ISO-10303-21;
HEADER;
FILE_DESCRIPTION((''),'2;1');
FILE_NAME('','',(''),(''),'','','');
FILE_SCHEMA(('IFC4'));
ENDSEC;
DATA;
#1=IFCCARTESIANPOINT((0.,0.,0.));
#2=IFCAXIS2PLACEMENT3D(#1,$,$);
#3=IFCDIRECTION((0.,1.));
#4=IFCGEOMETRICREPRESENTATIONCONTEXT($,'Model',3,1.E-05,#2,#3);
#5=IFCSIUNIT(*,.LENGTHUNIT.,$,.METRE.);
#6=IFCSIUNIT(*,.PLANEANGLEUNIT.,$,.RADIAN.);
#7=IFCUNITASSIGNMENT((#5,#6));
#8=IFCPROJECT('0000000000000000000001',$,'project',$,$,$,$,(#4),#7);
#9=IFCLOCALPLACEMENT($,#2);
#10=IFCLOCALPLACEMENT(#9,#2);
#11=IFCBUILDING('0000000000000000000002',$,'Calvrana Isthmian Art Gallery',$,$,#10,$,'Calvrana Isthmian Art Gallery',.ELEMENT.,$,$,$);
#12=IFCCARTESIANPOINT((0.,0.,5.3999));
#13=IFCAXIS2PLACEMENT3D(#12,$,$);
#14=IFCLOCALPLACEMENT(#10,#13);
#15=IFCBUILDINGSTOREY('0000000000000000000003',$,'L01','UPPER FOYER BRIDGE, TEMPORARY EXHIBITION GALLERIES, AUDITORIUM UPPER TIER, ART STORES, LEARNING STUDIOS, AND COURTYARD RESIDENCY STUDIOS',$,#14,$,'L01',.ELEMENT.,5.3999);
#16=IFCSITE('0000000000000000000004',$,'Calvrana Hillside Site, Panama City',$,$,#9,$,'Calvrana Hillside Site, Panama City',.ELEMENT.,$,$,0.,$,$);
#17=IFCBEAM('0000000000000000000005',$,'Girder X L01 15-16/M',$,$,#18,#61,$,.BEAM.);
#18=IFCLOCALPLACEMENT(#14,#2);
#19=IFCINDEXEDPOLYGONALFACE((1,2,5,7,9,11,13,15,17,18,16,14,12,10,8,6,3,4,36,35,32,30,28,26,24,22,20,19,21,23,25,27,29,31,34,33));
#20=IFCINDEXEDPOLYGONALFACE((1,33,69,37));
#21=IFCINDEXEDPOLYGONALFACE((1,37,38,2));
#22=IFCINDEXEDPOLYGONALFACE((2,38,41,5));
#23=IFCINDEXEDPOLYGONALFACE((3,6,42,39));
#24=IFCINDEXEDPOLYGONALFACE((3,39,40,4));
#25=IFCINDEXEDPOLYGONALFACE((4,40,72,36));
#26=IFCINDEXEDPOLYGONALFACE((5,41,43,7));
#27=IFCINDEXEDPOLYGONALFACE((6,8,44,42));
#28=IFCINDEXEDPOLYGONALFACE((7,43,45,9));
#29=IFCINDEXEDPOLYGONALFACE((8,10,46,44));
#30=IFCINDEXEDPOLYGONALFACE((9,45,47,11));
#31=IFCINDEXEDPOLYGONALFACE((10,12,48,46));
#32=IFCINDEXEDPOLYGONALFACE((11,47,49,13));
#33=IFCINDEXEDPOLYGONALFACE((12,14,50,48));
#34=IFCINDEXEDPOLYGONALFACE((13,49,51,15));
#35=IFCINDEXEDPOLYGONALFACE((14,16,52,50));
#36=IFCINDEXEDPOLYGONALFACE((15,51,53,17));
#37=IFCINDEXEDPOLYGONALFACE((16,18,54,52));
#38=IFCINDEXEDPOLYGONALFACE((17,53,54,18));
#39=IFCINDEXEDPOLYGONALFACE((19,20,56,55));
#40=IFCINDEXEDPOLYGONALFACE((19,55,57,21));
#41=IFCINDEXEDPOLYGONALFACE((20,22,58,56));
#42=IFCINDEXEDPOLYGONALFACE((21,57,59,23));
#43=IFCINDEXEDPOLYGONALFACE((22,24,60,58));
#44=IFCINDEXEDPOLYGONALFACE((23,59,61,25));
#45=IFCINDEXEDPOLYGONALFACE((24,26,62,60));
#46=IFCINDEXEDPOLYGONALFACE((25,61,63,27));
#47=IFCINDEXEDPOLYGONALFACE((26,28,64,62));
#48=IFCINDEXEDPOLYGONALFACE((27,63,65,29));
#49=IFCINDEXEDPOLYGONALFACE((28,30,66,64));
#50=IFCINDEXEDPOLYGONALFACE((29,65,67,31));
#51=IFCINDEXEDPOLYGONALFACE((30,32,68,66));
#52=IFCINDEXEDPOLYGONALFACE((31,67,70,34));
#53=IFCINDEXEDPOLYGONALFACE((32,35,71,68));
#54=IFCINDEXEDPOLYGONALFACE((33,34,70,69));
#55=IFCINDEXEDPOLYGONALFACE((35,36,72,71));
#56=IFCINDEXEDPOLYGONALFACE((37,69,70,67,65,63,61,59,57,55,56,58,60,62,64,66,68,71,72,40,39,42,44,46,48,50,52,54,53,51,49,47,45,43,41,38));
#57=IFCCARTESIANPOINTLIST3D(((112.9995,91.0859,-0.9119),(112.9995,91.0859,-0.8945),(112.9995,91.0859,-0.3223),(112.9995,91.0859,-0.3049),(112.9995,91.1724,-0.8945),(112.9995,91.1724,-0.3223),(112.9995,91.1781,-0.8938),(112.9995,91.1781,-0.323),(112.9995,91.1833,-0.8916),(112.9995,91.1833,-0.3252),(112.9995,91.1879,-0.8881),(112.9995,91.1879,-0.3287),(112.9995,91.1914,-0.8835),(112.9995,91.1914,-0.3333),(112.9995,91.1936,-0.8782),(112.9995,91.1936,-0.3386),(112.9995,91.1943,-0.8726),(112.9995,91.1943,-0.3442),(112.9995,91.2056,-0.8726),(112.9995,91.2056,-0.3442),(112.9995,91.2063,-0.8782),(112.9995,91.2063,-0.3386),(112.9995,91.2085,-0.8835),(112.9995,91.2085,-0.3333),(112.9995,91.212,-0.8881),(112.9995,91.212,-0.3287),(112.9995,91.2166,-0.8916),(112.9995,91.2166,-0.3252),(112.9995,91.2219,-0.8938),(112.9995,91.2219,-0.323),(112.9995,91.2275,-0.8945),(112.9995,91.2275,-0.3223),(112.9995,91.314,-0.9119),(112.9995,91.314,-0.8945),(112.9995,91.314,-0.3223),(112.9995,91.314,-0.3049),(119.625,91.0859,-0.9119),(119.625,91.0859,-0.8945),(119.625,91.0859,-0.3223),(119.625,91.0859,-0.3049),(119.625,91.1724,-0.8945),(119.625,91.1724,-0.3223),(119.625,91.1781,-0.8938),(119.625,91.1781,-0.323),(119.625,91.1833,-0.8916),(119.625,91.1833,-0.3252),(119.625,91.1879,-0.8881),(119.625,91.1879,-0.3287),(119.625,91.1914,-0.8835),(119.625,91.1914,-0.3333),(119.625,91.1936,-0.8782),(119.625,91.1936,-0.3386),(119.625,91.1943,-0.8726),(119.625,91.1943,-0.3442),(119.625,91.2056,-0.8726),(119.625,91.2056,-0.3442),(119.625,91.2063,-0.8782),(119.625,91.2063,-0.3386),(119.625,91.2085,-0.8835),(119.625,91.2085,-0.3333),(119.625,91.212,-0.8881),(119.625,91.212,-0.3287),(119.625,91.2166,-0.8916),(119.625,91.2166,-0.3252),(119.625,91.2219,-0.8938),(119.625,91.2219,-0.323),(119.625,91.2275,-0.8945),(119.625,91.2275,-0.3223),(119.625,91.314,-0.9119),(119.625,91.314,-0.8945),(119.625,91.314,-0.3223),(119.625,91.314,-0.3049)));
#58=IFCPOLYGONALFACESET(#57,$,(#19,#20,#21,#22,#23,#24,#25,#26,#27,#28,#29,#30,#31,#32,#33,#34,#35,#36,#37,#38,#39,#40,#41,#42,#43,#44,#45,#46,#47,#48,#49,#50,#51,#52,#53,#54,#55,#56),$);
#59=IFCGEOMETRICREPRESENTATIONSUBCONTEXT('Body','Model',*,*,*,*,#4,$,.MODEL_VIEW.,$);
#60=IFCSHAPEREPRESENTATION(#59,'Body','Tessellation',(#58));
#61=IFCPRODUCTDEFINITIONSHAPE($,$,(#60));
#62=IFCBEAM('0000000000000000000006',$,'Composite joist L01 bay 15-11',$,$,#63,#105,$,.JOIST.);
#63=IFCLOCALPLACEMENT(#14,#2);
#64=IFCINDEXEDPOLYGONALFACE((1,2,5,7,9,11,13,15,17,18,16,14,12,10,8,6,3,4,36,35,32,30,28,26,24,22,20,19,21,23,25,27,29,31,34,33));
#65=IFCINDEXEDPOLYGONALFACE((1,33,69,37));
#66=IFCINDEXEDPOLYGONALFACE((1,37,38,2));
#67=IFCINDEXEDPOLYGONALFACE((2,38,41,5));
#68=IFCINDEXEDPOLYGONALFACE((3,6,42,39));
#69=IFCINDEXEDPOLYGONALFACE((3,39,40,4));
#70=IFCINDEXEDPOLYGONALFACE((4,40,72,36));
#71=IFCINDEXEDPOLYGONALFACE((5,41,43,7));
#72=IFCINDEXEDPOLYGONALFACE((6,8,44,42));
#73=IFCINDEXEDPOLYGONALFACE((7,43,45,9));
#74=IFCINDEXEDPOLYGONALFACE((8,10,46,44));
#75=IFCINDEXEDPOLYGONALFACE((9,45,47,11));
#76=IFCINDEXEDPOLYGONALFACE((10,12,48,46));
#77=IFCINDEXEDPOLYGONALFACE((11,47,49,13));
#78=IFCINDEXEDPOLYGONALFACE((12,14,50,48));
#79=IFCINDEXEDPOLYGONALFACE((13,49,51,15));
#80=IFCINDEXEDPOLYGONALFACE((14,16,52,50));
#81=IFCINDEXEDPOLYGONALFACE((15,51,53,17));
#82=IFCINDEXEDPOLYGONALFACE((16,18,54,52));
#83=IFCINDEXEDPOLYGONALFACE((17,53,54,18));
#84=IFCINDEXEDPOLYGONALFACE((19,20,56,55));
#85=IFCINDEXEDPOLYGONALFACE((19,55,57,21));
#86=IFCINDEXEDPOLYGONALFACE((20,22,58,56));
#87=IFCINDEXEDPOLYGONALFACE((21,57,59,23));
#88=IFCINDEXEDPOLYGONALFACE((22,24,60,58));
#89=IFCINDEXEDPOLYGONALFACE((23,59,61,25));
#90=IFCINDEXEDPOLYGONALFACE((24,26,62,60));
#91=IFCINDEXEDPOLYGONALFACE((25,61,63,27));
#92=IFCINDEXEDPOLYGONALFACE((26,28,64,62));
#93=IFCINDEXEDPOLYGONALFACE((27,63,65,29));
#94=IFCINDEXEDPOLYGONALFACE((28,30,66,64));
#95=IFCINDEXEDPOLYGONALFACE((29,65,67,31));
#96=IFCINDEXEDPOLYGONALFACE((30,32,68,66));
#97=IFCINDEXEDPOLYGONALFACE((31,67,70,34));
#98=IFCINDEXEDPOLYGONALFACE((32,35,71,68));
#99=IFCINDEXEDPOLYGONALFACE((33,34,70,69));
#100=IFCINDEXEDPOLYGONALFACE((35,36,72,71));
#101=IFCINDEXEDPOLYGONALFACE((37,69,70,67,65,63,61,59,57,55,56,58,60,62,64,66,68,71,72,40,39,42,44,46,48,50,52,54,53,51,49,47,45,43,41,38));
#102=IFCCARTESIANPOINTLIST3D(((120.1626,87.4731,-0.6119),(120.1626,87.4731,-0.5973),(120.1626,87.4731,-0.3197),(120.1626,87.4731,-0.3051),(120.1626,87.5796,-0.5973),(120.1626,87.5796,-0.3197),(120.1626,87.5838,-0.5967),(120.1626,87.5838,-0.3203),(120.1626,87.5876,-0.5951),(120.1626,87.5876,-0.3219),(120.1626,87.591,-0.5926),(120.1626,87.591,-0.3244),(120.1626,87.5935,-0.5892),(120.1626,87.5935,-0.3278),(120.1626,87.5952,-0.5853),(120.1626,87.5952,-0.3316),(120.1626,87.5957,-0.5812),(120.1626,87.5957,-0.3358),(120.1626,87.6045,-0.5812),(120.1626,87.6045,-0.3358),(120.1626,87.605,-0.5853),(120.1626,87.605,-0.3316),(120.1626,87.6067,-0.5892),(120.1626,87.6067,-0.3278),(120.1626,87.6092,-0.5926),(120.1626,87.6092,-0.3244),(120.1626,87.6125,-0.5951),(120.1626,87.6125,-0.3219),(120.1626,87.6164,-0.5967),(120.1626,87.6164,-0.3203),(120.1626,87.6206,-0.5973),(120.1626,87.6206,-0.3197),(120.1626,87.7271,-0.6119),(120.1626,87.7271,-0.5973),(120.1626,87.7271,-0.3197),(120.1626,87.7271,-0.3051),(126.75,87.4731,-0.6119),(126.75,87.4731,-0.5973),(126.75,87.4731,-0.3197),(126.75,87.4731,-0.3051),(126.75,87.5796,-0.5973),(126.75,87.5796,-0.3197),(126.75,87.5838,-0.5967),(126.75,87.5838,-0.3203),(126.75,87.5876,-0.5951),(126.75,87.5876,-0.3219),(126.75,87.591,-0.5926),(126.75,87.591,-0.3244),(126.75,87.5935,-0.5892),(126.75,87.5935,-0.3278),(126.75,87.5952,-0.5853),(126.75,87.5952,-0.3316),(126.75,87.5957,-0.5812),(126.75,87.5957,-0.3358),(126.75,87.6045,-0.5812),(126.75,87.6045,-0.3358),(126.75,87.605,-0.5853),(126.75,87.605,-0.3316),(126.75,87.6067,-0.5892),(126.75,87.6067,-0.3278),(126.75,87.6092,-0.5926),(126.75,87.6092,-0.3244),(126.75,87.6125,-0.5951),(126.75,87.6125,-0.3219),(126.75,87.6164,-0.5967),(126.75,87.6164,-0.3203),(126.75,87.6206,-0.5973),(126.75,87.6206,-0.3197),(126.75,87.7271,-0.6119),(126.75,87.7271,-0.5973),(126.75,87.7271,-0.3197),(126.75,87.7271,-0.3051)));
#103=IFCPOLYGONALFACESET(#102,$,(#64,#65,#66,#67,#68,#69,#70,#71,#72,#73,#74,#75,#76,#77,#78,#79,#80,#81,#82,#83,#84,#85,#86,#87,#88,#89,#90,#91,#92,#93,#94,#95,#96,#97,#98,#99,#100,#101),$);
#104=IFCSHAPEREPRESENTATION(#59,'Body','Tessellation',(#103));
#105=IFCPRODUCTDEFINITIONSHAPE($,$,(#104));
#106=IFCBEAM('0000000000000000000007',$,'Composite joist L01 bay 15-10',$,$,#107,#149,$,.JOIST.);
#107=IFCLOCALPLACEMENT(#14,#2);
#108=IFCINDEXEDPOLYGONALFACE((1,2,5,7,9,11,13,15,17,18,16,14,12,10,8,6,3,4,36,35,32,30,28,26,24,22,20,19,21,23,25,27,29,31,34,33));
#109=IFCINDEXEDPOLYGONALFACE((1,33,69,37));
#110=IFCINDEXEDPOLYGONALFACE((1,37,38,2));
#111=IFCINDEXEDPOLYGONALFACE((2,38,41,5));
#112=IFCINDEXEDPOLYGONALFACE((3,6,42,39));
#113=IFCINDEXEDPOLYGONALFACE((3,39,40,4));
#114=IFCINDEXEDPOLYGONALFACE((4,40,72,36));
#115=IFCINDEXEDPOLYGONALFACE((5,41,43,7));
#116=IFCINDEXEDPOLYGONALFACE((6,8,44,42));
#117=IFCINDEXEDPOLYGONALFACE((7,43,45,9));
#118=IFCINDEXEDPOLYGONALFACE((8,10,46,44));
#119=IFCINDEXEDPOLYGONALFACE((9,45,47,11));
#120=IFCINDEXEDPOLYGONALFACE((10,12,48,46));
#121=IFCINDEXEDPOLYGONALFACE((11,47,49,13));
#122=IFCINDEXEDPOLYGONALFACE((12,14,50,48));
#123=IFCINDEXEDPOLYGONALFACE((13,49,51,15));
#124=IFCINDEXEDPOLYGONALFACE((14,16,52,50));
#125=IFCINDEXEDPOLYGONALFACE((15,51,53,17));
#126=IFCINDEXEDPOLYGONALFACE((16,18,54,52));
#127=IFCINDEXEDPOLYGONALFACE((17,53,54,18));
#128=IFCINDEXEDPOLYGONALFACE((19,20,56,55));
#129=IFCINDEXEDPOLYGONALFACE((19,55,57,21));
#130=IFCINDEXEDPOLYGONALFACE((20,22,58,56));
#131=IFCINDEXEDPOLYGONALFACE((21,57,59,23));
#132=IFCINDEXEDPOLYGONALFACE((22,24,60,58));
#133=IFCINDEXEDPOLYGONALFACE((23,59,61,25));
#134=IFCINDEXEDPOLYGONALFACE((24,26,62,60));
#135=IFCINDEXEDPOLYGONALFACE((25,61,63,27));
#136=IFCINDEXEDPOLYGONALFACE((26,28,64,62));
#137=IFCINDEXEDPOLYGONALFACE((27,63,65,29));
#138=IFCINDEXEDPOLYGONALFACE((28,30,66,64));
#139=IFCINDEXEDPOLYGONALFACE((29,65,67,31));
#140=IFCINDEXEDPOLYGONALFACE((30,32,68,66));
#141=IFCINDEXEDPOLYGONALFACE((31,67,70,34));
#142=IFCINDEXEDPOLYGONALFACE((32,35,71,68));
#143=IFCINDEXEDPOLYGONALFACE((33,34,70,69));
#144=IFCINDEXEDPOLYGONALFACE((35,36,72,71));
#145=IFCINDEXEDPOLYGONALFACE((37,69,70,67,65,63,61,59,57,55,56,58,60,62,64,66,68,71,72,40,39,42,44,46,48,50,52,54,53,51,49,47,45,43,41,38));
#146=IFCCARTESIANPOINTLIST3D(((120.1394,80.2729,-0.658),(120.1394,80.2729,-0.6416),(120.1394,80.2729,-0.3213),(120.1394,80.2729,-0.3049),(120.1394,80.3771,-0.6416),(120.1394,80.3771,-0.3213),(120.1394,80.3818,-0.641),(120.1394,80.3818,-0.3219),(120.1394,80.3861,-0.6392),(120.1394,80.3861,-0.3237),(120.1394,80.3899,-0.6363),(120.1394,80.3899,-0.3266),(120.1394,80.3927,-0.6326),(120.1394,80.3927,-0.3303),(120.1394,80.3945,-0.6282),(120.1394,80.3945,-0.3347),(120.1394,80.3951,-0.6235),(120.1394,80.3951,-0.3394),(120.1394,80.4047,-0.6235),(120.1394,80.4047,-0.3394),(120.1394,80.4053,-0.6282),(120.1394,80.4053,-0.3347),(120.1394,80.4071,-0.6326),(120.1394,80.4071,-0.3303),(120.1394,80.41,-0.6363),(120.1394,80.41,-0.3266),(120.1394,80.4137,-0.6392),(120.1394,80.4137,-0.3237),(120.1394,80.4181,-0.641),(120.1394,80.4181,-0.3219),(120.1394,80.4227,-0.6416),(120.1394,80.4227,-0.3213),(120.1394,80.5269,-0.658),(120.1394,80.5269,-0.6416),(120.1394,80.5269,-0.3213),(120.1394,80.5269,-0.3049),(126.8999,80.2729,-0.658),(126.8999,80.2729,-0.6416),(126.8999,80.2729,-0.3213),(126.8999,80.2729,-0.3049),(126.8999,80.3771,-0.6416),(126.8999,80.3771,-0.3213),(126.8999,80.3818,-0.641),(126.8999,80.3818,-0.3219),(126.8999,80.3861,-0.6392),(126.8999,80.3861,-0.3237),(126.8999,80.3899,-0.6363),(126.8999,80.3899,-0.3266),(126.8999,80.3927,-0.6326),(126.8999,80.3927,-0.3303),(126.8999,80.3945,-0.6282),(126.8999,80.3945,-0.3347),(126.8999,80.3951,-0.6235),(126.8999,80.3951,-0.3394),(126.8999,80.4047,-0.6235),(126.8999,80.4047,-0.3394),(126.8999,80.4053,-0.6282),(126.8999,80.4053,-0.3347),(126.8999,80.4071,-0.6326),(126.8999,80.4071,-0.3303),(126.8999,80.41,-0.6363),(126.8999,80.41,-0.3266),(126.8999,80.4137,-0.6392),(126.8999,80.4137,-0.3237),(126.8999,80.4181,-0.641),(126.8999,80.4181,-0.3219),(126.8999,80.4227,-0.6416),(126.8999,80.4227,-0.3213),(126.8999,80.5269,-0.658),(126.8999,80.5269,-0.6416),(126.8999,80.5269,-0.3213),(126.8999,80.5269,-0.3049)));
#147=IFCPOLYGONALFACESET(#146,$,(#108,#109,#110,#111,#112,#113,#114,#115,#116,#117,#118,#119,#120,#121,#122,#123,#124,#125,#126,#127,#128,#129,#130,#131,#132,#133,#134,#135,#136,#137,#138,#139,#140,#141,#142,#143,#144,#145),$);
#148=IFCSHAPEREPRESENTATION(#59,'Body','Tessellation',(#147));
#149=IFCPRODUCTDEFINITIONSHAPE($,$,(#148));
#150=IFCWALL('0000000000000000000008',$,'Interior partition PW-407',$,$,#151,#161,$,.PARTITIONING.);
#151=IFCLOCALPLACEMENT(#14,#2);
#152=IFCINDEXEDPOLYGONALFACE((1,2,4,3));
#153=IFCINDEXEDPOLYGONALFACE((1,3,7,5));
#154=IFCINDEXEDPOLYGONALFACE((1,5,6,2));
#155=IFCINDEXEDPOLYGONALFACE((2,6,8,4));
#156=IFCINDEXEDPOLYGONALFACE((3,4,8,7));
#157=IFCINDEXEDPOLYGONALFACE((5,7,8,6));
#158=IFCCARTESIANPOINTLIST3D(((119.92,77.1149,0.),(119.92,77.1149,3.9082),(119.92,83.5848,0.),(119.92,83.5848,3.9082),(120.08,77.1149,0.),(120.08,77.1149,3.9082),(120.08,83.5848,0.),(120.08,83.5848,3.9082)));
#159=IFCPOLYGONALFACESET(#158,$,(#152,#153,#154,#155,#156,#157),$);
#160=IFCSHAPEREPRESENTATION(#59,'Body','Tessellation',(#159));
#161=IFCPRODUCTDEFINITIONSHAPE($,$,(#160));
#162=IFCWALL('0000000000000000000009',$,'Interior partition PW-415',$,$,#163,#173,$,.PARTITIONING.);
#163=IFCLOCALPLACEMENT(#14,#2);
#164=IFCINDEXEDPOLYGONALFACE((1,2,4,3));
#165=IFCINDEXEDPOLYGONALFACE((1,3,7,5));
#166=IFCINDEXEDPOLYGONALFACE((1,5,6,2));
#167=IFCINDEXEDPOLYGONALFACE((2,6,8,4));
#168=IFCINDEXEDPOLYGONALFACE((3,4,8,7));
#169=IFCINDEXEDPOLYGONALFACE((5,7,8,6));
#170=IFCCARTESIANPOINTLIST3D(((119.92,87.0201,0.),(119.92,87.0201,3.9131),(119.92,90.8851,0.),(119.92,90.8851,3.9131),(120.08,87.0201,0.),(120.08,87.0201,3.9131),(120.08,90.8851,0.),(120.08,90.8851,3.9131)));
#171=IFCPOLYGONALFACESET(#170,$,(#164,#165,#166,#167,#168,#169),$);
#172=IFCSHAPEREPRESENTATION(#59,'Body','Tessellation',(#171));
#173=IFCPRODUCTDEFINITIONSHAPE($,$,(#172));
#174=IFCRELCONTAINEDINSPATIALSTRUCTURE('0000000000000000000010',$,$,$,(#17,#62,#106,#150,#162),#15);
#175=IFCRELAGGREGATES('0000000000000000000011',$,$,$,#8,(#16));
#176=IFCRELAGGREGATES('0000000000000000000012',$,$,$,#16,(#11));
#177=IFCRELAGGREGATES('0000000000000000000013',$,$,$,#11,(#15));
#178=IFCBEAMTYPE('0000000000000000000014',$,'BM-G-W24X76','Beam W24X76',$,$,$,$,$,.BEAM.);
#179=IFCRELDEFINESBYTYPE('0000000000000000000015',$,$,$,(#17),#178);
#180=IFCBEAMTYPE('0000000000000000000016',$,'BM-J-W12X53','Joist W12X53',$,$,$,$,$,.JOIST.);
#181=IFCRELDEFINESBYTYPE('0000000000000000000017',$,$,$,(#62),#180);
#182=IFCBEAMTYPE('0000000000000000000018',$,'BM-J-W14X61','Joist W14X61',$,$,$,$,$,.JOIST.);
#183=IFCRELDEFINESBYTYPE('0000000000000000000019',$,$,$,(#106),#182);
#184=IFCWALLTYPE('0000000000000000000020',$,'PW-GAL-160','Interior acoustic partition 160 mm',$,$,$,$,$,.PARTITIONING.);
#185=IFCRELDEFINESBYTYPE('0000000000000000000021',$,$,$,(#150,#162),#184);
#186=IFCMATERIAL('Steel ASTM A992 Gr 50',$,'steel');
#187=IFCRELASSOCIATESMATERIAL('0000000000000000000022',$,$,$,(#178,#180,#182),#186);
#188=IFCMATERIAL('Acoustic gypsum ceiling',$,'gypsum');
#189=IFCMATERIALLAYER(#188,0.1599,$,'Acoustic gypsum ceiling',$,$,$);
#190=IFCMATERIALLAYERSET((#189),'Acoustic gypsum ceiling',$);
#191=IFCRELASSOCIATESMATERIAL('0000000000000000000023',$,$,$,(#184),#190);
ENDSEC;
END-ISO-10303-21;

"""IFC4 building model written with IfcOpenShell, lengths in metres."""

from ifc_helpers import new_model, si_unit, direction, frame, frame_2d, origin, origin_2d, place, context, subcontext, project, spatial, rectangle, i_section, extrude, material, layer, layer_set, material_profile, profile_set, type_object, element, save


model = new_model("IFC4")

# Units and contexts
model_context = context("Model", 3, precision=1e-05, world=origin(), true_north=direction((0.0, 1.0)))
body_context = subcontext(model_context, "Body", "Model", "MODEL_VIEW")
ifc_project = project(units=[si_unit("LENGTHUNIT", "METRE"), si_unit("PLANEANGLEUNIT", "RADIAN")], contexts=[model_context])

# Site, building, storey
site_placement = place(None, origin())
site = spatial("IfcSite", under=ifc_project, at=site_placement, Name="Calvrana Hillside Site, Panama City", LongName="Calvrana Hillside Site, Panama City", CompositionType="ELEMENT", RefElevation=0.0)
building_placement = place(site_placement, origin())
building = spatial("IfcBuilding", under=site, at=building_placement, Name="Calvrana Isthmian Art Gallery", LongName="Calvrana Isthmian Art Gallery", CompositionType="ELEMENT")
storey_placement = place(building_placement, frame((0.0, 0.0, 5.3999)))
storey = spatial("IfcBuildingStorey", under=building, at=storey_placement, Name="L01", Description="UPPER FOYER BRIDGE, TEMPORARY EXHIBITION GALLERIES, AUDITORIUM UPPER TIER, ART STORES, LEARNING STUDIOS, AND COURTYARD RESIDENCY STUDIOS", LongName="L01", CompositionType="ELEMENT", Elevation=5.3999)

# Beams
ifc_material_1 = material(Name="Steel ASTM A992 Gr 50", Category="steel")
ifc_material_profile_1 = material_profile(ifc_material_1, i_section(OverallWidth=0.228, OverallDepth=0.6069, WebThickness=0.0112, FlangeThickness=0.0173, FilletRadius=0.022, at=origin_2d()), Name="W24X76")
ifc_profile_set_1 = profile_set([ifc_material_profile_1], Name="Steel ASTM A992 Gr 50")
beam_type_1 = type_object("IfcBeamType", Name="BM-G-W24X76", Description="Beam W24X76", PredefinedType="BEAM", material=ifc_profile_set_1)
beam_1_placement = place(storey_placement, frame((112.9995, 91.2, -0.6084), z_axis=(1.0, 0.0, 0.0), x_axis=(0.0, 1.0, 0.0)))
element("IfcBeam", 1, at=beam_1_placement, inside=storey, type_object=beam_type_1, Name="Girder X L01 15-16/M", PredefinedType="BEAM", context=body_context, shape_type="SweptSolid", body=[
    extrude(i_section(OverallWidth=0.228, OverallDepth=0.6069, WebThickness=0.0112, FlangeThickness=0.0173, FilletRadius=0.022, at=origin_2d()), origin(), (0.0, 0.0, 1.0), 6.6255),
])
ifc_material_profile_2 = material_profile(ifc_material_1, i_section(OverallWidth=0.2539, OverallDepth=0.3069, WebThickness=0.0088, FlangeThickness=0.0146, FilletRadius=0.0161, at=origin_2d()), Name="W12X53")
ifc_profile_set_2 = profile_set([ifc_material_profile_2], Name="Steel ASTM A992 Gr 50")
beam_type_2 = type_object("IfcBeamType", Name="BM-J-W12X53", Description="Joist W12X53", PredefinedType="JOIST", material=ifc_profile_set_2)
beam_2_placement = place(storey_placement, frame((120.1626, 87.6001, -0.4585), z_axis=(1.0, 0.0, 0.0), x_axis=(0.0, 1.0, 0.0)))
element("IfcBeam", 2, at=beam_2_placement, inside=storey, type_object=beam_type_2, Name="Composite joist L01 bay 15-11", PredefinedType="JOIST", context=body_context, shape_type="SweptSolid", body=[
    extrude(i_section(OverallWidth=0.2539, OverallDepth=0.3069, WebThickness=0.0088, FlangeThickness=0.0146, FilletRadius=0.0161, at=origin_2d()), origin(), (0.0, 0.0, 1.0), 6.5874),
])
ifc_material_profile_3 = material_profile(ifc_material_1, i_section(OverallWidth=0.2539, OverallDepth=0.353, WebThickness=0.0095, FlangeThickness=0.0164, FilletRadius=0.0181, at=origin_2d()), Name="W14X61")
ifc_profile_set_3 = profile_set([ifc_material_profile_3], Name="Steel ASTM A992 Gr 50")
beam_type_3 = type_object("IfcBeamType", Name="BM-J-W14X61", Description="Joist W14X61", PredefinedType="JOIST", material=ifc_profile_set_3)
beam_3_placement = place(storey_placement, frame((120.1394, 80.3999, -0.4814), z_axis=(1.0, 0.0, 0.0), x_axis=(0.0, 1.0, 0.0)))
element("IfcBeam", 3, at=beam_3_placement, inside=storey, type_object=beam_type_3, Name="Composite joist L01 bay 15-10", PredefinedType="JOIST", context=body_context, shape_type="SweptSolid", body=[
    extrude(i_section(OverallWidth=0.2539, OverallDepth=0.353, WebThickness=0.0095, FlangeThickness=0.0164, FilletRadius=0.0181, at=origin_2d()), origin(), (0.0, 0.0, 1.0), 6.7605),
])

# Walls
ifc_material_2 = material(Name="Acoustic gypsum ceiling", Category="gypsum")
ifc_layer_1 = layer(ifc_material_2, 0.1599, Name="Acoustic gypsum ceiling")
ifc_layer_set_1 = layer_set([ifc_layer_1], Name="Acoustic gypsum ceiling")
wall_type_1 = type_object("IfcWallType", Name="PW-GAL-160", Description="Interior acoustic partition 160 mm", PredefinedType="PARTITIONING", material=ifc_layer_set_1)
wall_1_placement = place(storey_placement, frame((120.0, 77.115, 0.0), z_axis=(0.0, 0.0, 1.0), x_axis=(0.0, 1.0, 0.0)))
element("IfcWall", 4, at=wall_1_placement, inside=storey, type_object=wall_type_1, Name="Interior partition PW-407", PredefinedType="PARTITIONING", context=body_context, shape_type="SweptSolid", body=[
    extrude(rectangle(XDim=6.47, YDim=0.1599, at=frame_2d((3.2349, 0.0))), origin(), (0.0, 0.0, 1.0), 3.9082),
])
wall_2_placement = place(storey_placement, frame((120.0, 87.02, 0.0), z_axis=(0.0, 0.0, 1.0), x_axis=(0.0, 1.0, 0.0)))
element("IfcWall", 5, at=wall_2_placement, inside=storey, type_object=wall_type_1, Name="Interior partition PW-415", PredefinedType="PARTITIONING", context=body_context, shape_type="SweptSolid", body=[
    extrude(rectangle(XDim=3.865, YDim=0.1599, at=frame_2d((1.9326, 0.0))), origin(), (0.0, 0.0, 1.0), 3.9131),
])

save(model, "model.ifc")
